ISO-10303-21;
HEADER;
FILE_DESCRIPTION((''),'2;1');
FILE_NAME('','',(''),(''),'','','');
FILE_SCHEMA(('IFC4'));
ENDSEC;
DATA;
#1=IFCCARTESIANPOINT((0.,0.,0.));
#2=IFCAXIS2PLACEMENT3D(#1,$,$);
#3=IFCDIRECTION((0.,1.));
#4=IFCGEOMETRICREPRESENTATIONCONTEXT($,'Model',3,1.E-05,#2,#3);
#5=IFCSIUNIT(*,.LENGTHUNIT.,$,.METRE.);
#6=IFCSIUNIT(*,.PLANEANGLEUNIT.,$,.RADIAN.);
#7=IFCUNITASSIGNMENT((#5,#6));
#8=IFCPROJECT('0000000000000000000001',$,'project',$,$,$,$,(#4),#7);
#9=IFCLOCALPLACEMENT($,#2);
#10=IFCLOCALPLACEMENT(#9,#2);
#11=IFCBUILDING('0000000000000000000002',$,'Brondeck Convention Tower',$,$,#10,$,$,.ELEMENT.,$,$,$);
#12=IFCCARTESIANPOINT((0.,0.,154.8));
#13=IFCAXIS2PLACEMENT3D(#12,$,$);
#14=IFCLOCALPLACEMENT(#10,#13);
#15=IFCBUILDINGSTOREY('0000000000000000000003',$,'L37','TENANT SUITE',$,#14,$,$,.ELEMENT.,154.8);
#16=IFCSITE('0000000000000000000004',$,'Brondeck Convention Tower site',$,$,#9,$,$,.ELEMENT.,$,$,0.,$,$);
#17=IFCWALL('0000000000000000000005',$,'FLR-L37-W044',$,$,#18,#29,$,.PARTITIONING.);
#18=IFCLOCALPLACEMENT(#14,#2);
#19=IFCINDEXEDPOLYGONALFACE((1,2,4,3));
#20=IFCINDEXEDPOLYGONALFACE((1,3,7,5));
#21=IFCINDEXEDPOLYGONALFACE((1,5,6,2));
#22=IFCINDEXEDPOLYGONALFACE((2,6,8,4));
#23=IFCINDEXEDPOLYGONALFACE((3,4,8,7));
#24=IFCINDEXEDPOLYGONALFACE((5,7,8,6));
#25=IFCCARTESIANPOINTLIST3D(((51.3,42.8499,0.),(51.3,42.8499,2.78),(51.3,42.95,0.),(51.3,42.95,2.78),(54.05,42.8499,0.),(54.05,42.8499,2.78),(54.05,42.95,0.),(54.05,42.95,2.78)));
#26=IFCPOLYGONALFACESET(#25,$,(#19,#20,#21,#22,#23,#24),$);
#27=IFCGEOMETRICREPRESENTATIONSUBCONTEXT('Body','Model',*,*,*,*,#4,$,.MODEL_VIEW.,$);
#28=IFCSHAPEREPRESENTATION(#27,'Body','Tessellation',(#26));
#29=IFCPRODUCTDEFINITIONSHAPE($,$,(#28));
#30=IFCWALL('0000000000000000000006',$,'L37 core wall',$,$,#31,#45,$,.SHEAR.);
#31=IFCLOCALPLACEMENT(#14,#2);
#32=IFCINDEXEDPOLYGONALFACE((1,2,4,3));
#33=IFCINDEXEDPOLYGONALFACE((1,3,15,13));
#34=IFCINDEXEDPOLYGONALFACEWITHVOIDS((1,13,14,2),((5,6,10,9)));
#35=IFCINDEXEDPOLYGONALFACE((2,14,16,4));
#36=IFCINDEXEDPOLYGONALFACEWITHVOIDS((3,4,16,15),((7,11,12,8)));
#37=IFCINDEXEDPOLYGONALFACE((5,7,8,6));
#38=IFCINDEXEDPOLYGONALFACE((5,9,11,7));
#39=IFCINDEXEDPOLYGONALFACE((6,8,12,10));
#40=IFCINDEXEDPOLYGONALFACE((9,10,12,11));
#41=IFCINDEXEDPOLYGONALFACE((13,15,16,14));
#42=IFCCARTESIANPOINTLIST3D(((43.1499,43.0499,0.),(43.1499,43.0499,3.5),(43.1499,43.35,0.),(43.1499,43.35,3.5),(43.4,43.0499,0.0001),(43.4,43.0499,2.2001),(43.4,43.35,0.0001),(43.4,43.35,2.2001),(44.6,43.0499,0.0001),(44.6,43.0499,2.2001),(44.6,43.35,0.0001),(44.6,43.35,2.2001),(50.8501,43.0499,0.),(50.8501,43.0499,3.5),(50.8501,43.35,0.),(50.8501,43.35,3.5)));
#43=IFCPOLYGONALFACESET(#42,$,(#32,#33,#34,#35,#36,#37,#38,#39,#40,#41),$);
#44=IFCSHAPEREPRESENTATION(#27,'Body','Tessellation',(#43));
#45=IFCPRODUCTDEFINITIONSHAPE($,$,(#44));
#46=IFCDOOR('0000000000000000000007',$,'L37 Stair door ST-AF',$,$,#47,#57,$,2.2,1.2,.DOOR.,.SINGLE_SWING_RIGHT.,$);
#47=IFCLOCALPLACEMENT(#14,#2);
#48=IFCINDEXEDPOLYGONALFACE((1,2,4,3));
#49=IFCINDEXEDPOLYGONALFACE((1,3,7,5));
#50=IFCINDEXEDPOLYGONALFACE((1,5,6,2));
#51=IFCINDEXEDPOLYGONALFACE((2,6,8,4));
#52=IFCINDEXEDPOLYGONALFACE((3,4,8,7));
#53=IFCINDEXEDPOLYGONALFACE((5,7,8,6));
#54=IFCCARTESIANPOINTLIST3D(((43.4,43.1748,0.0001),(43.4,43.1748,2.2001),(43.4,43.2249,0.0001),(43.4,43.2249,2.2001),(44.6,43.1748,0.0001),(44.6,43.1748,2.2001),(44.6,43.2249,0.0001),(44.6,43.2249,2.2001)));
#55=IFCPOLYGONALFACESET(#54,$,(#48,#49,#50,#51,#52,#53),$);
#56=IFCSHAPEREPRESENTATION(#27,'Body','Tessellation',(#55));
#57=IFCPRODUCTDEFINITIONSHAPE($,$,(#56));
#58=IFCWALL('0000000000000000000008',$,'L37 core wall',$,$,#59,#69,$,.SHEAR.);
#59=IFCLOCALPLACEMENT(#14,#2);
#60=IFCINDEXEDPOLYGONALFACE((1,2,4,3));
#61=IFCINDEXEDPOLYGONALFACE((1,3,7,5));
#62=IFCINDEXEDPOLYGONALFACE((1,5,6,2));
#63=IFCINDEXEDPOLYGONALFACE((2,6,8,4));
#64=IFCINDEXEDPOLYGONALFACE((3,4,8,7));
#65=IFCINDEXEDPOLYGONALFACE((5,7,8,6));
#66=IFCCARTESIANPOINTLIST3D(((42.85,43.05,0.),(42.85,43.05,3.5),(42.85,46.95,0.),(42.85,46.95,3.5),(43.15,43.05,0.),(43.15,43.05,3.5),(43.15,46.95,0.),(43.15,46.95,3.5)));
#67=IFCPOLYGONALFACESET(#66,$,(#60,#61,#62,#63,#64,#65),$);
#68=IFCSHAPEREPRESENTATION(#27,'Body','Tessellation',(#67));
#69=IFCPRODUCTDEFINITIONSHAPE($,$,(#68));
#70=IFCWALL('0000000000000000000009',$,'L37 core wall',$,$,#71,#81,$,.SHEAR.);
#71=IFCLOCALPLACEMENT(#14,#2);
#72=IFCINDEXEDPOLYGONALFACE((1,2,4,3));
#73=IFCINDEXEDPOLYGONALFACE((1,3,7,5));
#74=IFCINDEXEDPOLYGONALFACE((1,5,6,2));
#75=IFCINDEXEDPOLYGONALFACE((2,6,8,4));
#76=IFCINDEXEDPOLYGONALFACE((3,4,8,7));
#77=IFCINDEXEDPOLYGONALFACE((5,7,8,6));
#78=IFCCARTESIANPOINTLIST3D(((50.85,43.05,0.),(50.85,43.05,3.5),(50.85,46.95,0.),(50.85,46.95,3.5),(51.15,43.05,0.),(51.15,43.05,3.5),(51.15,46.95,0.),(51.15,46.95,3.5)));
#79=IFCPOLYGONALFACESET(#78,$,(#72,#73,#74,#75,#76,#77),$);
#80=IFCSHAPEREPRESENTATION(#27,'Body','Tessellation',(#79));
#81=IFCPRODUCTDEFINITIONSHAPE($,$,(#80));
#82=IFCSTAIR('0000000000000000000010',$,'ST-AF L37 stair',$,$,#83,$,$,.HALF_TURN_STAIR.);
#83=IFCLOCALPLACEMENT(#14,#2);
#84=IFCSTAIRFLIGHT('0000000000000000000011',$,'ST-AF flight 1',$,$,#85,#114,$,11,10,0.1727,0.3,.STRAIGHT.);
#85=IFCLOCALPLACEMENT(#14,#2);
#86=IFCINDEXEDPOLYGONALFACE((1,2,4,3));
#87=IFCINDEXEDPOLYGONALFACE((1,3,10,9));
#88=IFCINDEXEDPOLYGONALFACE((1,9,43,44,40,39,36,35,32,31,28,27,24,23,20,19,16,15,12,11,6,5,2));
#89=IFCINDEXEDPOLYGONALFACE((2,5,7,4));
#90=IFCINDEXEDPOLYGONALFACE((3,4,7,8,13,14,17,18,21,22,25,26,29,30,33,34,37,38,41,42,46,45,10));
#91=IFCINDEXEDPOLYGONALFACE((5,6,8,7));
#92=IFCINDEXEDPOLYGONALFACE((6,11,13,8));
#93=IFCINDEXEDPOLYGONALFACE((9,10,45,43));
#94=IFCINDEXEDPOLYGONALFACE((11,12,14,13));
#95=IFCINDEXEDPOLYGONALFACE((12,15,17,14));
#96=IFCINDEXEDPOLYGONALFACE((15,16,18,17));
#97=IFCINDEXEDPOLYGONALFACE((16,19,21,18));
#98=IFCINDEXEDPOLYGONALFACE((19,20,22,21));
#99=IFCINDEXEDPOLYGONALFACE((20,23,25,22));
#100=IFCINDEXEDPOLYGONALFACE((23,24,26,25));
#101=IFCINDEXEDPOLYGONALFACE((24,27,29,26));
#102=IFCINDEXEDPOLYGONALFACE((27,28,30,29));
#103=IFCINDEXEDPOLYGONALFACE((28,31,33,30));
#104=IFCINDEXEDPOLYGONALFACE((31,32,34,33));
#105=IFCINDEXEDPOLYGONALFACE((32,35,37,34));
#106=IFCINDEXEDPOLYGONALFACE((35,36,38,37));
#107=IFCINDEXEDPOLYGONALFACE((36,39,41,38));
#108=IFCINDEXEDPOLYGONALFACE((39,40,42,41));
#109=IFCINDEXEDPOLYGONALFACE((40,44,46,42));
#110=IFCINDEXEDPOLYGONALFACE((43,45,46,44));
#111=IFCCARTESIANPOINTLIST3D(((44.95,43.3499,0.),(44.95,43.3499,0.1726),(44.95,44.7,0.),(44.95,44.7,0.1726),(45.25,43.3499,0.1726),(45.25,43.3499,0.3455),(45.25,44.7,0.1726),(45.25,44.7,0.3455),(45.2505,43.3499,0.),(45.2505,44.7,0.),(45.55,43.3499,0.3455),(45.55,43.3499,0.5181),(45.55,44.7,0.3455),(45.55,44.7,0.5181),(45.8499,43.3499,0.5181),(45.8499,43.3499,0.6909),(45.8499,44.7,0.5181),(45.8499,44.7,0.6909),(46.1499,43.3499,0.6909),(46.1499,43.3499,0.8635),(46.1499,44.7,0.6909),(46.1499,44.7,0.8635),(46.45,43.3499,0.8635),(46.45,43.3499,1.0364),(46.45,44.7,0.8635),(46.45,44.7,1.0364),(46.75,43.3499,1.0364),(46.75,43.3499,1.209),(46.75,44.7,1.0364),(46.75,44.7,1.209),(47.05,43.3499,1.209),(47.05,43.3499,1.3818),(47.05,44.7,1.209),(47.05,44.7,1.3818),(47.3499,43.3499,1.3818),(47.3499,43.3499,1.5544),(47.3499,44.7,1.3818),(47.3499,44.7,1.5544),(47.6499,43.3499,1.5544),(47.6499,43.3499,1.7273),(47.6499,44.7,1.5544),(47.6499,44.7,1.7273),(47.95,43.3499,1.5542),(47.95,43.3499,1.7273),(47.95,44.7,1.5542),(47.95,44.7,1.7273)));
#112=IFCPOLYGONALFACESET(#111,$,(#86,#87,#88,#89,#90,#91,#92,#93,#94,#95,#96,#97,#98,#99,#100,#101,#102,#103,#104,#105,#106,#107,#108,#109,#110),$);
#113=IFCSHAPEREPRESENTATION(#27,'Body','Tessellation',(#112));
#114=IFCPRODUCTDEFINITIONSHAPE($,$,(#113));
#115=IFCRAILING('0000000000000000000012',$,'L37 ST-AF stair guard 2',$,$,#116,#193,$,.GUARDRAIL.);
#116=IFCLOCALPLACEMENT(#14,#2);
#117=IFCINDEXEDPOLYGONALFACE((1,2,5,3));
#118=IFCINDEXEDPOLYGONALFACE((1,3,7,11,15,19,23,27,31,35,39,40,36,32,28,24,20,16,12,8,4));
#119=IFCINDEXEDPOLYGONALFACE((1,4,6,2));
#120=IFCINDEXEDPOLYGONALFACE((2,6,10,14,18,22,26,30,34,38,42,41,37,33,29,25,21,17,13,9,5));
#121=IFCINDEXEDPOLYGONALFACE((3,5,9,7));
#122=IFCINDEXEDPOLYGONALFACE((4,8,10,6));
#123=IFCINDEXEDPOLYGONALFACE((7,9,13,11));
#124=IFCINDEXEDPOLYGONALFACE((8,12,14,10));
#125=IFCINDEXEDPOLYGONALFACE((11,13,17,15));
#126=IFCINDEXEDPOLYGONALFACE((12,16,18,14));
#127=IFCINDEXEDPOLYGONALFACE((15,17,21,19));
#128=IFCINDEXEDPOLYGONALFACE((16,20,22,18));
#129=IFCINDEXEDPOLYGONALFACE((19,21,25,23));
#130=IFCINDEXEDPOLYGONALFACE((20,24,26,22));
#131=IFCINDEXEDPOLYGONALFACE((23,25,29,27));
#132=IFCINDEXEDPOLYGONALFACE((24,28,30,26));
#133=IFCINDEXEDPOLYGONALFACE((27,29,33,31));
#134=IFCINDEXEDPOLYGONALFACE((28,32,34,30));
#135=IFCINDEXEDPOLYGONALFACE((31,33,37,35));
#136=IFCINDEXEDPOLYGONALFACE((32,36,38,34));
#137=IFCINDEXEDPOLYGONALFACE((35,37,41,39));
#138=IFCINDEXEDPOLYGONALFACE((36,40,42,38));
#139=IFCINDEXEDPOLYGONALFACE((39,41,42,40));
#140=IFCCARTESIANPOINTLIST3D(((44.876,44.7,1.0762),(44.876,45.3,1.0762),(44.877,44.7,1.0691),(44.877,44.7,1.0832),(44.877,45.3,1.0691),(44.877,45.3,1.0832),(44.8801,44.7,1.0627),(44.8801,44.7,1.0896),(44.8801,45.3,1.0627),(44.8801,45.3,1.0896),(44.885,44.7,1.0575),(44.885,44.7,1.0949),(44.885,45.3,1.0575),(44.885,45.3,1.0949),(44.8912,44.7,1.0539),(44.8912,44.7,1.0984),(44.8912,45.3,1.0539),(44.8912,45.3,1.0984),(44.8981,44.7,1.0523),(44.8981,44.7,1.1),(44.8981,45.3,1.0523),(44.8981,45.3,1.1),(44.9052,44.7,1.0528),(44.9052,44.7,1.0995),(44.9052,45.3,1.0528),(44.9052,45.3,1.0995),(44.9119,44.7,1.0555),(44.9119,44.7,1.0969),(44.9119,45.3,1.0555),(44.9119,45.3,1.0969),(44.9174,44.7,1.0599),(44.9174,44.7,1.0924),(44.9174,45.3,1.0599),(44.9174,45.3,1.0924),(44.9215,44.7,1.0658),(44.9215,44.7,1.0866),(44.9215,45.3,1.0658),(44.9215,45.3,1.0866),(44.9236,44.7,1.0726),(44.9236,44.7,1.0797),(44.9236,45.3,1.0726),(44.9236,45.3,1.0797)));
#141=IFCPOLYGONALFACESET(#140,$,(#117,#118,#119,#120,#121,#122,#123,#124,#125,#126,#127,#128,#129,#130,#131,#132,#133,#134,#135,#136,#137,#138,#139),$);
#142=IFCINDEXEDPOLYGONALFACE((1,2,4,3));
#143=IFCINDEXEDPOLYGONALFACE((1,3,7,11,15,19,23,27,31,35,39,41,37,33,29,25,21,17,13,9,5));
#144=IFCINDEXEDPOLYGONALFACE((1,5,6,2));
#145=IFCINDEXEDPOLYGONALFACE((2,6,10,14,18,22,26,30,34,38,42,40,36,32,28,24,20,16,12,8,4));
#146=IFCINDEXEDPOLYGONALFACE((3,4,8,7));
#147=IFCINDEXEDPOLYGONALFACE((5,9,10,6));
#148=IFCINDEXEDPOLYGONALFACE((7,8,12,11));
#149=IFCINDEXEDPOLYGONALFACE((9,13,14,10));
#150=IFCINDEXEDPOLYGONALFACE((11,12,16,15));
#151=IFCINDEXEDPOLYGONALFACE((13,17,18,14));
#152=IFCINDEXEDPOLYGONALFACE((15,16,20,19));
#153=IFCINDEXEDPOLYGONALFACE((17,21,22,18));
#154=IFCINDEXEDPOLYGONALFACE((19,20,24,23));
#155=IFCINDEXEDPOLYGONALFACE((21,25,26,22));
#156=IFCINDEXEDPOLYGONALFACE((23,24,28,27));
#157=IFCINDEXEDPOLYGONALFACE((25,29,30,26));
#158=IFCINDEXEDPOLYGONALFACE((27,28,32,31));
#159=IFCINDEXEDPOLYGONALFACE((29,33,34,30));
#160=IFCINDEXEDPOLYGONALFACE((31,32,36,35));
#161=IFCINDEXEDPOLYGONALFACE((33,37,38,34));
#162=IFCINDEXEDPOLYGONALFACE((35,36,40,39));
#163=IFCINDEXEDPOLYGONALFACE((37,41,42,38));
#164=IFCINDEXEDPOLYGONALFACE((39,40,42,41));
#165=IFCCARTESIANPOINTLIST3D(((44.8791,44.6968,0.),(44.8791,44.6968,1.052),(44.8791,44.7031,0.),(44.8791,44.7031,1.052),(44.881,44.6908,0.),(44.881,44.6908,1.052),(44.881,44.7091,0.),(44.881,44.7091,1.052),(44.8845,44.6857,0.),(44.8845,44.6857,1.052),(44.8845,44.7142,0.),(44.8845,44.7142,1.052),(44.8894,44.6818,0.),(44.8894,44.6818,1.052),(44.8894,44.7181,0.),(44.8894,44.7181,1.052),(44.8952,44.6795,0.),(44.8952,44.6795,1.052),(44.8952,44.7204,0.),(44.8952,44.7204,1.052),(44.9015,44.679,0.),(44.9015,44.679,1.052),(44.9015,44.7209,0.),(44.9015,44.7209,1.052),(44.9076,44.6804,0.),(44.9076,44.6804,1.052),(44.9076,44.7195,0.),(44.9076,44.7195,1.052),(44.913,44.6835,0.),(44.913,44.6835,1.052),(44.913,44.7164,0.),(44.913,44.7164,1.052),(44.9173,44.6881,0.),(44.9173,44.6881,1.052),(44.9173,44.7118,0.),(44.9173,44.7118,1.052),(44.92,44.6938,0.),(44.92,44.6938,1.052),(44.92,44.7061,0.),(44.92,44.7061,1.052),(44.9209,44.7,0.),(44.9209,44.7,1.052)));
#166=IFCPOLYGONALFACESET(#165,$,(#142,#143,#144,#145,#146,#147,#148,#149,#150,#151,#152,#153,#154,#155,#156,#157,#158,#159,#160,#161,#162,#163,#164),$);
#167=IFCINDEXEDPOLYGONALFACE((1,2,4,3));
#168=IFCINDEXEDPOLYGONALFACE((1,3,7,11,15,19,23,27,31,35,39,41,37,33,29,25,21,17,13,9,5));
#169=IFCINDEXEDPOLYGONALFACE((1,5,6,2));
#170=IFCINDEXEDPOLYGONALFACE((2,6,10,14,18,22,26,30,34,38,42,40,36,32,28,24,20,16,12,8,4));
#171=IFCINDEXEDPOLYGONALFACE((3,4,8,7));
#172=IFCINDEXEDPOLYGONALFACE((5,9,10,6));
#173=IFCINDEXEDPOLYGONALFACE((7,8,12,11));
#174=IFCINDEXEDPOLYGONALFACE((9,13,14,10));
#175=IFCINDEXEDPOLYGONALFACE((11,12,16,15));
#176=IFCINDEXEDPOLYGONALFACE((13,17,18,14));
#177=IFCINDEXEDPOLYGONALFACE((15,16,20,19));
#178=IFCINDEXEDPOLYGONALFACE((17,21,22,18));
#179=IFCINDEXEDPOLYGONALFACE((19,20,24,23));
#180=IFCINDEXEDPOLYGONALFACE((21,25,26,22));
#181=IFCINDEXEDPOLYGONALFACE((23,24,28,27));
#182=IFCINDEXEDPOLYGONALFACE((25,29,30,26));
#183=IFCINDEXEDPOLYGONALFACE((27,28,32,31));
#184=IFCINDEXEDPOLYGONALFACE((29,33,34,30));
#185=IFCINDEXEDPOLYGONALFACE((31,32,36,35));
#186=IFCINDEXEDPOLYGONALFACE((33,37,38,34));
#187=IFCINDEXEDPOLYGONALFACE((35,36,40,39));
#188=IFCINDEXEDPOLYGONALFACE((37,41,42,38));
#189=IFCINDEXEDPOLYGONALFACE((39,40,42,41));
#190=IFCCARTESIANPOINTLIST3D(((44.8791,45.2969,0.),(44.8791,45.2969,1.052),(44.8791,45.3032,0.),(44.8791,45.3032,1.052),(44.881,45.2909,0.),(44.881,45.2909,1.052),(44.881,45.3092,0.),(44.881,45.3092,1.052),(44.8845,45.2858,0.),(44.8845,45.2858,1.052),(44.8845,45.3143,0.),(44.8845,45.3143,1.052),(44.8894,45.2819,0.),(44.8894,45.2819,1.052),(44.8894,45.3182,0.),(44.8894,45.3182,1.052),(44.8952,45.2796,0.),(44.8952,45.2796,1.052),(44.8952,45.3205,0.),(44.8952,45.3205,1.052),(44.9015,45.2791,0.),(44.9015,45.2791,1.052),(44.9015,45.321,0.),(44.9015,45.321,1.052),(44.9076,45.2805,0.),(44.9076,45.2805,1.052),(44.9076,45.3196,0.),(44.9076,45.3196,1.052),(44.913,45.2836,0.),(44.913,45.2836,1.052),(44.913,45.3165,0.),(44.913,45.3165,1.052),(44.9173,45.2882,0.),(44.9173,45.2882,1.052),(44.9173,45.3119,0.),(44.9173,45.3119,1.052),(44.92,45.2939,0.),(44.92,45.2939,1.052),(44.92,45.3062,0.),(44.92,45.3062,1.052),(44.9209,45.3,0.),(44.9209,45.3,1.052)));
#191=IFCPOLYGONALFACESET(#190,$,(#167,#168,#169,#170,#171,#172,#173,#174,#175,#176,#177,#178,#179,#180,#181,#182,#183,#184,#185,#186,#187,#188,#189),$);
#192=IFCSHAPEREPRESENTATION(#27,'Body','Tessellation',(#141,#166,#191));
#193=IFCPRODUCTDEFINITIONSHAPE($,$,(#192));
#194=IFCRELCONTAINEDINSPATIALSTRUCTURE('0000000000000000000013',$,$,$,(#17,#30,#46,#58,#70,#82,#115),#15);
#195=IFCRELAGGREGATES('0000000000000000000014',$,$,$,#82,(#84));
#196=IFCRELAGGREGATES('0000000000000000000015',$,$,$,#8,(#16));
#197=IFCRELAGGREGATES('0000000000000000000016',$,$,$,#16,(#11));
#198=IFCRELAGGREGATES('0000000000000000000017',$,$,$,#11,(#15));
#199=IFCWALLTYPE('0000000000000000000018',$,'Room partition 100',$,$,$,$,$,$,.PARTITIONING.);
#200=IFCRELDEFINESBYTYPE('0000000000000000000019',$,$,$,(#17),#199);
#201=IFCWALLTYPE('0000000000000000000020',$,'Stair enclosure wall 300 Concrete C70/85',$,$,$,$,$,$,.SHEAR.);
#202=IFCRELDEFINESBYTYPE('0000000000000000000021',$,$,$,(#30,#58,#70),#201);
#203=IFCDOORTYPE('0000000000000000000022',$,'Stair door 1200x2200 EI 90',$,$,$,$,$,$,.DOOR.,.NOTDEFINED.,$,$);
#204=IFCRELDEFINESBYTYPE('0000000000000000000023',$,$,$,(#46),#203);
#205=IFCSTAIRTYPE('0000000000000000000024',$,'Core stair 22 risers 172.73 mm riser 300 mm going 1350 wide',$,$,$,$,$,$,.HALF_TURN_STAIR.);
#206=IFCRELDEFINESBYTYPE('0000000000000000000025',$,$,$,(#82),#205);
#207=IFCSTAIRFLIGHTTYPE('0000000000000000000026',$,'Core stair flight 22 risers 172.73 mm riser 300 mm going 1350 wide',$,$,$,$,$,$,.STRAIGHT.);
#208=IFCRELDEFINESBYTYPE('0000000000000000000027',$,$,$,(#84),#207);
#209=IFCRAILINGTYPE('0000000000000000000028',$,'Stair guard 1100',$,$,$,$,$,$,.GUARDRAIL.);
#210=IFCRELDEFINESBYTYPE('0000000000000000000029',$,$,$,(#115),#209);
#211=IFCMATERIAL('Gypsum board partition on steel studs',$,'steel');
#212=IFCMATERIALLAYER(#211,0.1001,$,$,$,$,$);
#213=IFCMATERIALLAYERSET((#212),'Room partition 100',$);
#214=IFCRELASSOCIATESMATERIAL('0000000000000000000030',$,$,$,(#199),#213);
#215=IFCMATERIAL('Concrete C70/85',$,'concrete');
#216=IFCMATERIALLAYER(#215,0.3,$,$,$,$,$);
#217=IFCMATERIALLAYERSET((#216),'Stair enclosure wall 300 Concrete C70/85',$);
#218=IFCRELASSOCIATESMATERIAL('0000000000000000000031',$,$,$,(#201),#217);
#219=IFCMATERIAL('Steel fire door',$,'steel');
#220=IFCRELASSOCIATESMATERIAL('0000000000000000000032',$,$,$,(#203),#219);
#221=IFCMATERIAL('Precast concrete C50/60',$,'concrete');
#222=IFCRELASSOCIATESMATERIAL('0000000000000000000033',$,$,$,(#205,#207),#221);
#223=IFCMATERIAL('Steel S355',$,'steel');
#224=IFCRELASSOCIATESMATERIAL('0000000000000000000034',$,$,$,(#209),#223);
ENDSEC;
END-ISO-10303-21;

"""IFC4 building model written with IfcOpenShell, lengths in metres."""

from ifc_helpers import new_model, si_unit, direction, frame, frame_2d, origin, origin_2d, place, context, subcontext, project, spatial, polyline, rectangle, circle, outline, extrude, material, layer, layer_set, type_object, element, fill, aggregate, save


model = new_model("IFC4")

# Units and contexts
model_context = context("Model", 3, precision=1e-05, world=origin(), true_north=direction((0.0, 1.0)))
body_context = subcontext(model_context, "Body", "Model", "MODEL_VIEW")
ifc_project = project(units=[si_unit("LENGTHUNIT", "METRE"), si_unit("PLANEANGLEUNIT", "RADIAN")], contexts=[model_context])

# Site, building, storey
site_placement = place(None, origin())
site = spatial("IfcSite", under=ifc_project, at=site_placement, Name="Brondeck Convention Tower site", CompositionType="ELEMENT", RefElevation=0.0)
building_placement = place(site_placement, origin())
building = spatial("IfcBuilding", under=site, at=building_placement, Name="Brondeck Convention Tower", CompositionType="ELEMENT")
storey_placement = place(building_placement, frame((0.0, 0.0, 154.8)))
storey = spatial("IfcBuildingStorey", under=building, at=storey_placement, Name="L37", Description="TENANT SUITE", CompositionType="ELEMENT", Elevation=154.8)

# Shared definitions
ifc_material_1 = material(Name="Concrete C70/85", Category="concrete")

# Shared definitions
ifc_material_2 = material(Name="Steel S355", Category="steel")

# Shared definitions
ifc_material_3 = material(Name="Gypsum board partition on steel studs", Category="steel")
ifc_layer_1 = layer(ifc_material_3, 0.1001)
ifc_layer_set_1 = layer_set([ifc_layer_1], Name="Room partition 100")
wall_type_1 = type_object("IfcWallType", Name="Room partition 100", PredefinedType="PARTITIONING", material=ifc_layer_set_1)

# Wall
wall_1_placement = place(storey_placement, frame((51.3, 42.8999, 0.0), z_axis=(0.0, 0.0, 1.0), x_axis=(1.0, 0.0, 0.0)))
element("IfcWall", 1, at=wall_1_placement, inside=storey, type_object=wall_type_1, Name="FLR-L37-W044", PredefinedType="PARTITIONING", context=body_context, shape_type="SweptSolid", body=[
    extrude(rectangle(XDim=2.75, YDim=0.1001, at=frame_2d((1.375, 0.0))), origin(), (0.0, 0.0, 1.0), 2.78),
])

# Wall, opening, door
ifc_layer_2 = layer(ifc_material_1, 0.3)
ifc_layer_set_2 = layer_set([ifc_layer_2], Name="Stair enclosure wall 300 Concrete C70/85")
wall_type_2 = type_object("IfcWallType", Name="Stair enclosure wall 300 Concrete C70/85", PredefinedType="SHEAR", material=ifc_layer_set_2)
wall_2_placement = place(storey_placement, frame((43.1499, 43.2, 0.0), z_axis=(0.0, 0.0, 1.0), x_axis=(1.0, 0.0, 0.0)))
wall_2 = element("IfcWall", 2, at=wall_2_placement, inside=storey, type_object=wall_type_2, Name="L37 core wall", PredefinedType="SHEAR", context=body_context, shape_type="SweptSolid", body=[
    extrude(rectangle(XDim=7.7002, YDim=0.3, at=frame_2d((3.8501, 0.0))), origin(), (0.0, 0.0, 1.0), 3.5),
])
opening_1_placement = place(wall_2_placement, frame((0.25, 0.0, 0.0)))
opening_1 = element("IfcOpeningElement", 3, at=opening_1_placement, cuts=wall_2, PredefinedType="OPENING", context=body_context, shape_type="SweptSolid", body=[
    extrude(rectangle(XDim=1.2, YDim=2.2, at=frame_2d((0.6001, 1.1001))), frame((0.0, 0.1599, 0.0), z_axis=(0.0, -1.0, 0.0), x_axis=(1.0, 0.0, 0.0)), (0.0, 0.0, 1.0), 0.3201),
])
ifc_material_4 = material(Name="Steel fire door", Category="steel")
door_type_1 = type_object("IfcDoorType", Name="Stair door 1200x2200 EI 90", OperationType="NOTDEFINED", PredefinedType="DOOR", material=ifc_material_4)
door_1_placement = place(opening_1_placement, origin())
door_1 = element("IfcDoor", 4, at=door_1_placement, inside=storey, type_object=door_type_1, Name="L37 Stair door ST-AF", OperationType="SINGLE_SWING_RIGHT", OverallHeight=2.2, OverallWidth=1.2, PredefinedType="DOOR", context=body_context, shape_type="SweptSolid", body=[
    extrude(rectangle(XDim=1.2, YDim=2.2, at=frame_2d((0.6001, 1.1001))), frame((0.0, 0.0249, 0.0), z_axis=(0.0, -1.0, 0.0), x_axis=(1.0, 0.0, 0.0)), (0.0, 0.0, 1.0), 0.05),
])
fill(opening_1, door_1)

# Walls
for number, where, z_axis, x_axis, name in (
    (5, (43.0, 43.05, 0.0), (0.0, 0.0, 1.0), (0.0, 1.0, 0.0), "L37 core wall"),
    (6, (51.0, 43.05, 0.0), (0.0, 0.0, 1.0), (0.0, 1.0, 0.0), "L37 core wall"),
):
    element("IfcWall", number, at=place(storey_placement, frame(where, z_axis=z_axis, x_axis=x_axis)), inside=storey, type_object=wall_type_2, Name=name, PredefinedType="SHEAR", context=body_context, shape_type="SweptSolid", body=[
        extrude(rectangle(XDim=3.8999, YDim=0.3, at=frame_2d((1.95, 0.0))), origin(), (0.0, 0.0, 1.0), 3.5),
    ])

# Stair, stair flight
ifc_material_5 = material(Name="Precast concrete C50/60", Category="concrete")
stair_type = type_object("IfcStairType", Name="Core stair 22 risers 172.73 mm riser 300 mm going 1350 wide", PredefinedType="HALF_TURN_STAIR", material=ifc_material_5)
stair_placement = place(storey_placement, origin())
stair = element("IfcStair", 7, at=stair_placement, inside=storey, type_object=stair_type, Name="ST-AF L37 stair", PredefinedType="HALF_TURN_STAIR")
stair_flight_type = type_object("IfcStairFlightType", Name="Core stair flight 22 risers 172.73 mm riser 300 mm going 1350 wide", PredefinedType="STRAIGHT", material=ifc_material_5)
stair_flight_placement = place(storey_placement, frame((44.95, 44.0249, 0.0), z_axis=(0.0, 0.0, 1.0), x_axis=(1.0, 0.0, 0.0)))
stair_flight = element("IfcStairFlight", 8, at=stair_flight_placement, type_object=stair_flight_type, Name="ST-AF flight 1", NumberOfRisers=11, NumberOfTreads=10, PredefinedType="STRAIGHT", RiserHeight=0.1727, TreadLength=0.3, context=body_context, shape_type="SweptSolid", body=[
    extrude(outline(polyline([(0.0, 0.0), (0.0, 0.1726), (0.3, 0.1726), (0.3, 0.3455), (0.6001, 0.3455), (0.6001, 0.5181), (0.8999, 0.5181), (0.8999, 0.6909), (1.2, 0.6909), (1.2, 0.8635), (1.5, 0.8635), (1.5, 1.0364), (1.8, 1.0364), (1.8, 1.209), (2.1001, 1.209), (2.1001, 1.3818), (2.3999, 1.3818), (2.3999, 1.5544), (2.7, 1.5544), (2.7, 1.7273), (3.0, 1.7273), (3.0, 1.8999), (3.0, 1.5542), (0.3005, 0.0), (0.0, 0.0)])), frame((0.0, 0.675, 0.0), z_axis=(0.0, -1.0, 0.0), x_axis=(1.0, 0.0, 0.0)), (0.0, 0.0, 1.0), 1.3501),
])
aggregate(stair, [stair_flight])

# Railing
railing_type_1 = type_object("IfcRailingType", Name="Stair guard 1100", PredefinedType="GUARDRAIL", material=ifc_material_2)
railing_1_placement = place(storey_placement, frame((44.8999, 44.7, 0.0)))
element("IfcRailing", 9, at=railing_1_placement, inside=storey, type_object=railing_type_1, Name="L37 ST-AF stair guard 2", PredefinedType="GUARDRAIL", context=body_context, shape_type="SweptSolid", body=[
    extrude(circle(Radius=0.0239, at=origin_2d()), frame((0.0, 0.0, 1.0762), z_axis=(0.0, 1.0, 0.0), x_axis=(-1.0, 0.0, 0.0)), (0.0, 0.0, 1.0), 0.6001),
    extrude(circle(Radius=0.021, at=origin_2d()), origin(), (0.0, 0.0, 1.0), 1.052),
    extrude(circle(Radius=0.021, at=origin_2d()), frame((0.0, 0.6001, 0.0)), (0.0, 0.0, 1.0), 1.052),
])

save(model, "model.ifc")
